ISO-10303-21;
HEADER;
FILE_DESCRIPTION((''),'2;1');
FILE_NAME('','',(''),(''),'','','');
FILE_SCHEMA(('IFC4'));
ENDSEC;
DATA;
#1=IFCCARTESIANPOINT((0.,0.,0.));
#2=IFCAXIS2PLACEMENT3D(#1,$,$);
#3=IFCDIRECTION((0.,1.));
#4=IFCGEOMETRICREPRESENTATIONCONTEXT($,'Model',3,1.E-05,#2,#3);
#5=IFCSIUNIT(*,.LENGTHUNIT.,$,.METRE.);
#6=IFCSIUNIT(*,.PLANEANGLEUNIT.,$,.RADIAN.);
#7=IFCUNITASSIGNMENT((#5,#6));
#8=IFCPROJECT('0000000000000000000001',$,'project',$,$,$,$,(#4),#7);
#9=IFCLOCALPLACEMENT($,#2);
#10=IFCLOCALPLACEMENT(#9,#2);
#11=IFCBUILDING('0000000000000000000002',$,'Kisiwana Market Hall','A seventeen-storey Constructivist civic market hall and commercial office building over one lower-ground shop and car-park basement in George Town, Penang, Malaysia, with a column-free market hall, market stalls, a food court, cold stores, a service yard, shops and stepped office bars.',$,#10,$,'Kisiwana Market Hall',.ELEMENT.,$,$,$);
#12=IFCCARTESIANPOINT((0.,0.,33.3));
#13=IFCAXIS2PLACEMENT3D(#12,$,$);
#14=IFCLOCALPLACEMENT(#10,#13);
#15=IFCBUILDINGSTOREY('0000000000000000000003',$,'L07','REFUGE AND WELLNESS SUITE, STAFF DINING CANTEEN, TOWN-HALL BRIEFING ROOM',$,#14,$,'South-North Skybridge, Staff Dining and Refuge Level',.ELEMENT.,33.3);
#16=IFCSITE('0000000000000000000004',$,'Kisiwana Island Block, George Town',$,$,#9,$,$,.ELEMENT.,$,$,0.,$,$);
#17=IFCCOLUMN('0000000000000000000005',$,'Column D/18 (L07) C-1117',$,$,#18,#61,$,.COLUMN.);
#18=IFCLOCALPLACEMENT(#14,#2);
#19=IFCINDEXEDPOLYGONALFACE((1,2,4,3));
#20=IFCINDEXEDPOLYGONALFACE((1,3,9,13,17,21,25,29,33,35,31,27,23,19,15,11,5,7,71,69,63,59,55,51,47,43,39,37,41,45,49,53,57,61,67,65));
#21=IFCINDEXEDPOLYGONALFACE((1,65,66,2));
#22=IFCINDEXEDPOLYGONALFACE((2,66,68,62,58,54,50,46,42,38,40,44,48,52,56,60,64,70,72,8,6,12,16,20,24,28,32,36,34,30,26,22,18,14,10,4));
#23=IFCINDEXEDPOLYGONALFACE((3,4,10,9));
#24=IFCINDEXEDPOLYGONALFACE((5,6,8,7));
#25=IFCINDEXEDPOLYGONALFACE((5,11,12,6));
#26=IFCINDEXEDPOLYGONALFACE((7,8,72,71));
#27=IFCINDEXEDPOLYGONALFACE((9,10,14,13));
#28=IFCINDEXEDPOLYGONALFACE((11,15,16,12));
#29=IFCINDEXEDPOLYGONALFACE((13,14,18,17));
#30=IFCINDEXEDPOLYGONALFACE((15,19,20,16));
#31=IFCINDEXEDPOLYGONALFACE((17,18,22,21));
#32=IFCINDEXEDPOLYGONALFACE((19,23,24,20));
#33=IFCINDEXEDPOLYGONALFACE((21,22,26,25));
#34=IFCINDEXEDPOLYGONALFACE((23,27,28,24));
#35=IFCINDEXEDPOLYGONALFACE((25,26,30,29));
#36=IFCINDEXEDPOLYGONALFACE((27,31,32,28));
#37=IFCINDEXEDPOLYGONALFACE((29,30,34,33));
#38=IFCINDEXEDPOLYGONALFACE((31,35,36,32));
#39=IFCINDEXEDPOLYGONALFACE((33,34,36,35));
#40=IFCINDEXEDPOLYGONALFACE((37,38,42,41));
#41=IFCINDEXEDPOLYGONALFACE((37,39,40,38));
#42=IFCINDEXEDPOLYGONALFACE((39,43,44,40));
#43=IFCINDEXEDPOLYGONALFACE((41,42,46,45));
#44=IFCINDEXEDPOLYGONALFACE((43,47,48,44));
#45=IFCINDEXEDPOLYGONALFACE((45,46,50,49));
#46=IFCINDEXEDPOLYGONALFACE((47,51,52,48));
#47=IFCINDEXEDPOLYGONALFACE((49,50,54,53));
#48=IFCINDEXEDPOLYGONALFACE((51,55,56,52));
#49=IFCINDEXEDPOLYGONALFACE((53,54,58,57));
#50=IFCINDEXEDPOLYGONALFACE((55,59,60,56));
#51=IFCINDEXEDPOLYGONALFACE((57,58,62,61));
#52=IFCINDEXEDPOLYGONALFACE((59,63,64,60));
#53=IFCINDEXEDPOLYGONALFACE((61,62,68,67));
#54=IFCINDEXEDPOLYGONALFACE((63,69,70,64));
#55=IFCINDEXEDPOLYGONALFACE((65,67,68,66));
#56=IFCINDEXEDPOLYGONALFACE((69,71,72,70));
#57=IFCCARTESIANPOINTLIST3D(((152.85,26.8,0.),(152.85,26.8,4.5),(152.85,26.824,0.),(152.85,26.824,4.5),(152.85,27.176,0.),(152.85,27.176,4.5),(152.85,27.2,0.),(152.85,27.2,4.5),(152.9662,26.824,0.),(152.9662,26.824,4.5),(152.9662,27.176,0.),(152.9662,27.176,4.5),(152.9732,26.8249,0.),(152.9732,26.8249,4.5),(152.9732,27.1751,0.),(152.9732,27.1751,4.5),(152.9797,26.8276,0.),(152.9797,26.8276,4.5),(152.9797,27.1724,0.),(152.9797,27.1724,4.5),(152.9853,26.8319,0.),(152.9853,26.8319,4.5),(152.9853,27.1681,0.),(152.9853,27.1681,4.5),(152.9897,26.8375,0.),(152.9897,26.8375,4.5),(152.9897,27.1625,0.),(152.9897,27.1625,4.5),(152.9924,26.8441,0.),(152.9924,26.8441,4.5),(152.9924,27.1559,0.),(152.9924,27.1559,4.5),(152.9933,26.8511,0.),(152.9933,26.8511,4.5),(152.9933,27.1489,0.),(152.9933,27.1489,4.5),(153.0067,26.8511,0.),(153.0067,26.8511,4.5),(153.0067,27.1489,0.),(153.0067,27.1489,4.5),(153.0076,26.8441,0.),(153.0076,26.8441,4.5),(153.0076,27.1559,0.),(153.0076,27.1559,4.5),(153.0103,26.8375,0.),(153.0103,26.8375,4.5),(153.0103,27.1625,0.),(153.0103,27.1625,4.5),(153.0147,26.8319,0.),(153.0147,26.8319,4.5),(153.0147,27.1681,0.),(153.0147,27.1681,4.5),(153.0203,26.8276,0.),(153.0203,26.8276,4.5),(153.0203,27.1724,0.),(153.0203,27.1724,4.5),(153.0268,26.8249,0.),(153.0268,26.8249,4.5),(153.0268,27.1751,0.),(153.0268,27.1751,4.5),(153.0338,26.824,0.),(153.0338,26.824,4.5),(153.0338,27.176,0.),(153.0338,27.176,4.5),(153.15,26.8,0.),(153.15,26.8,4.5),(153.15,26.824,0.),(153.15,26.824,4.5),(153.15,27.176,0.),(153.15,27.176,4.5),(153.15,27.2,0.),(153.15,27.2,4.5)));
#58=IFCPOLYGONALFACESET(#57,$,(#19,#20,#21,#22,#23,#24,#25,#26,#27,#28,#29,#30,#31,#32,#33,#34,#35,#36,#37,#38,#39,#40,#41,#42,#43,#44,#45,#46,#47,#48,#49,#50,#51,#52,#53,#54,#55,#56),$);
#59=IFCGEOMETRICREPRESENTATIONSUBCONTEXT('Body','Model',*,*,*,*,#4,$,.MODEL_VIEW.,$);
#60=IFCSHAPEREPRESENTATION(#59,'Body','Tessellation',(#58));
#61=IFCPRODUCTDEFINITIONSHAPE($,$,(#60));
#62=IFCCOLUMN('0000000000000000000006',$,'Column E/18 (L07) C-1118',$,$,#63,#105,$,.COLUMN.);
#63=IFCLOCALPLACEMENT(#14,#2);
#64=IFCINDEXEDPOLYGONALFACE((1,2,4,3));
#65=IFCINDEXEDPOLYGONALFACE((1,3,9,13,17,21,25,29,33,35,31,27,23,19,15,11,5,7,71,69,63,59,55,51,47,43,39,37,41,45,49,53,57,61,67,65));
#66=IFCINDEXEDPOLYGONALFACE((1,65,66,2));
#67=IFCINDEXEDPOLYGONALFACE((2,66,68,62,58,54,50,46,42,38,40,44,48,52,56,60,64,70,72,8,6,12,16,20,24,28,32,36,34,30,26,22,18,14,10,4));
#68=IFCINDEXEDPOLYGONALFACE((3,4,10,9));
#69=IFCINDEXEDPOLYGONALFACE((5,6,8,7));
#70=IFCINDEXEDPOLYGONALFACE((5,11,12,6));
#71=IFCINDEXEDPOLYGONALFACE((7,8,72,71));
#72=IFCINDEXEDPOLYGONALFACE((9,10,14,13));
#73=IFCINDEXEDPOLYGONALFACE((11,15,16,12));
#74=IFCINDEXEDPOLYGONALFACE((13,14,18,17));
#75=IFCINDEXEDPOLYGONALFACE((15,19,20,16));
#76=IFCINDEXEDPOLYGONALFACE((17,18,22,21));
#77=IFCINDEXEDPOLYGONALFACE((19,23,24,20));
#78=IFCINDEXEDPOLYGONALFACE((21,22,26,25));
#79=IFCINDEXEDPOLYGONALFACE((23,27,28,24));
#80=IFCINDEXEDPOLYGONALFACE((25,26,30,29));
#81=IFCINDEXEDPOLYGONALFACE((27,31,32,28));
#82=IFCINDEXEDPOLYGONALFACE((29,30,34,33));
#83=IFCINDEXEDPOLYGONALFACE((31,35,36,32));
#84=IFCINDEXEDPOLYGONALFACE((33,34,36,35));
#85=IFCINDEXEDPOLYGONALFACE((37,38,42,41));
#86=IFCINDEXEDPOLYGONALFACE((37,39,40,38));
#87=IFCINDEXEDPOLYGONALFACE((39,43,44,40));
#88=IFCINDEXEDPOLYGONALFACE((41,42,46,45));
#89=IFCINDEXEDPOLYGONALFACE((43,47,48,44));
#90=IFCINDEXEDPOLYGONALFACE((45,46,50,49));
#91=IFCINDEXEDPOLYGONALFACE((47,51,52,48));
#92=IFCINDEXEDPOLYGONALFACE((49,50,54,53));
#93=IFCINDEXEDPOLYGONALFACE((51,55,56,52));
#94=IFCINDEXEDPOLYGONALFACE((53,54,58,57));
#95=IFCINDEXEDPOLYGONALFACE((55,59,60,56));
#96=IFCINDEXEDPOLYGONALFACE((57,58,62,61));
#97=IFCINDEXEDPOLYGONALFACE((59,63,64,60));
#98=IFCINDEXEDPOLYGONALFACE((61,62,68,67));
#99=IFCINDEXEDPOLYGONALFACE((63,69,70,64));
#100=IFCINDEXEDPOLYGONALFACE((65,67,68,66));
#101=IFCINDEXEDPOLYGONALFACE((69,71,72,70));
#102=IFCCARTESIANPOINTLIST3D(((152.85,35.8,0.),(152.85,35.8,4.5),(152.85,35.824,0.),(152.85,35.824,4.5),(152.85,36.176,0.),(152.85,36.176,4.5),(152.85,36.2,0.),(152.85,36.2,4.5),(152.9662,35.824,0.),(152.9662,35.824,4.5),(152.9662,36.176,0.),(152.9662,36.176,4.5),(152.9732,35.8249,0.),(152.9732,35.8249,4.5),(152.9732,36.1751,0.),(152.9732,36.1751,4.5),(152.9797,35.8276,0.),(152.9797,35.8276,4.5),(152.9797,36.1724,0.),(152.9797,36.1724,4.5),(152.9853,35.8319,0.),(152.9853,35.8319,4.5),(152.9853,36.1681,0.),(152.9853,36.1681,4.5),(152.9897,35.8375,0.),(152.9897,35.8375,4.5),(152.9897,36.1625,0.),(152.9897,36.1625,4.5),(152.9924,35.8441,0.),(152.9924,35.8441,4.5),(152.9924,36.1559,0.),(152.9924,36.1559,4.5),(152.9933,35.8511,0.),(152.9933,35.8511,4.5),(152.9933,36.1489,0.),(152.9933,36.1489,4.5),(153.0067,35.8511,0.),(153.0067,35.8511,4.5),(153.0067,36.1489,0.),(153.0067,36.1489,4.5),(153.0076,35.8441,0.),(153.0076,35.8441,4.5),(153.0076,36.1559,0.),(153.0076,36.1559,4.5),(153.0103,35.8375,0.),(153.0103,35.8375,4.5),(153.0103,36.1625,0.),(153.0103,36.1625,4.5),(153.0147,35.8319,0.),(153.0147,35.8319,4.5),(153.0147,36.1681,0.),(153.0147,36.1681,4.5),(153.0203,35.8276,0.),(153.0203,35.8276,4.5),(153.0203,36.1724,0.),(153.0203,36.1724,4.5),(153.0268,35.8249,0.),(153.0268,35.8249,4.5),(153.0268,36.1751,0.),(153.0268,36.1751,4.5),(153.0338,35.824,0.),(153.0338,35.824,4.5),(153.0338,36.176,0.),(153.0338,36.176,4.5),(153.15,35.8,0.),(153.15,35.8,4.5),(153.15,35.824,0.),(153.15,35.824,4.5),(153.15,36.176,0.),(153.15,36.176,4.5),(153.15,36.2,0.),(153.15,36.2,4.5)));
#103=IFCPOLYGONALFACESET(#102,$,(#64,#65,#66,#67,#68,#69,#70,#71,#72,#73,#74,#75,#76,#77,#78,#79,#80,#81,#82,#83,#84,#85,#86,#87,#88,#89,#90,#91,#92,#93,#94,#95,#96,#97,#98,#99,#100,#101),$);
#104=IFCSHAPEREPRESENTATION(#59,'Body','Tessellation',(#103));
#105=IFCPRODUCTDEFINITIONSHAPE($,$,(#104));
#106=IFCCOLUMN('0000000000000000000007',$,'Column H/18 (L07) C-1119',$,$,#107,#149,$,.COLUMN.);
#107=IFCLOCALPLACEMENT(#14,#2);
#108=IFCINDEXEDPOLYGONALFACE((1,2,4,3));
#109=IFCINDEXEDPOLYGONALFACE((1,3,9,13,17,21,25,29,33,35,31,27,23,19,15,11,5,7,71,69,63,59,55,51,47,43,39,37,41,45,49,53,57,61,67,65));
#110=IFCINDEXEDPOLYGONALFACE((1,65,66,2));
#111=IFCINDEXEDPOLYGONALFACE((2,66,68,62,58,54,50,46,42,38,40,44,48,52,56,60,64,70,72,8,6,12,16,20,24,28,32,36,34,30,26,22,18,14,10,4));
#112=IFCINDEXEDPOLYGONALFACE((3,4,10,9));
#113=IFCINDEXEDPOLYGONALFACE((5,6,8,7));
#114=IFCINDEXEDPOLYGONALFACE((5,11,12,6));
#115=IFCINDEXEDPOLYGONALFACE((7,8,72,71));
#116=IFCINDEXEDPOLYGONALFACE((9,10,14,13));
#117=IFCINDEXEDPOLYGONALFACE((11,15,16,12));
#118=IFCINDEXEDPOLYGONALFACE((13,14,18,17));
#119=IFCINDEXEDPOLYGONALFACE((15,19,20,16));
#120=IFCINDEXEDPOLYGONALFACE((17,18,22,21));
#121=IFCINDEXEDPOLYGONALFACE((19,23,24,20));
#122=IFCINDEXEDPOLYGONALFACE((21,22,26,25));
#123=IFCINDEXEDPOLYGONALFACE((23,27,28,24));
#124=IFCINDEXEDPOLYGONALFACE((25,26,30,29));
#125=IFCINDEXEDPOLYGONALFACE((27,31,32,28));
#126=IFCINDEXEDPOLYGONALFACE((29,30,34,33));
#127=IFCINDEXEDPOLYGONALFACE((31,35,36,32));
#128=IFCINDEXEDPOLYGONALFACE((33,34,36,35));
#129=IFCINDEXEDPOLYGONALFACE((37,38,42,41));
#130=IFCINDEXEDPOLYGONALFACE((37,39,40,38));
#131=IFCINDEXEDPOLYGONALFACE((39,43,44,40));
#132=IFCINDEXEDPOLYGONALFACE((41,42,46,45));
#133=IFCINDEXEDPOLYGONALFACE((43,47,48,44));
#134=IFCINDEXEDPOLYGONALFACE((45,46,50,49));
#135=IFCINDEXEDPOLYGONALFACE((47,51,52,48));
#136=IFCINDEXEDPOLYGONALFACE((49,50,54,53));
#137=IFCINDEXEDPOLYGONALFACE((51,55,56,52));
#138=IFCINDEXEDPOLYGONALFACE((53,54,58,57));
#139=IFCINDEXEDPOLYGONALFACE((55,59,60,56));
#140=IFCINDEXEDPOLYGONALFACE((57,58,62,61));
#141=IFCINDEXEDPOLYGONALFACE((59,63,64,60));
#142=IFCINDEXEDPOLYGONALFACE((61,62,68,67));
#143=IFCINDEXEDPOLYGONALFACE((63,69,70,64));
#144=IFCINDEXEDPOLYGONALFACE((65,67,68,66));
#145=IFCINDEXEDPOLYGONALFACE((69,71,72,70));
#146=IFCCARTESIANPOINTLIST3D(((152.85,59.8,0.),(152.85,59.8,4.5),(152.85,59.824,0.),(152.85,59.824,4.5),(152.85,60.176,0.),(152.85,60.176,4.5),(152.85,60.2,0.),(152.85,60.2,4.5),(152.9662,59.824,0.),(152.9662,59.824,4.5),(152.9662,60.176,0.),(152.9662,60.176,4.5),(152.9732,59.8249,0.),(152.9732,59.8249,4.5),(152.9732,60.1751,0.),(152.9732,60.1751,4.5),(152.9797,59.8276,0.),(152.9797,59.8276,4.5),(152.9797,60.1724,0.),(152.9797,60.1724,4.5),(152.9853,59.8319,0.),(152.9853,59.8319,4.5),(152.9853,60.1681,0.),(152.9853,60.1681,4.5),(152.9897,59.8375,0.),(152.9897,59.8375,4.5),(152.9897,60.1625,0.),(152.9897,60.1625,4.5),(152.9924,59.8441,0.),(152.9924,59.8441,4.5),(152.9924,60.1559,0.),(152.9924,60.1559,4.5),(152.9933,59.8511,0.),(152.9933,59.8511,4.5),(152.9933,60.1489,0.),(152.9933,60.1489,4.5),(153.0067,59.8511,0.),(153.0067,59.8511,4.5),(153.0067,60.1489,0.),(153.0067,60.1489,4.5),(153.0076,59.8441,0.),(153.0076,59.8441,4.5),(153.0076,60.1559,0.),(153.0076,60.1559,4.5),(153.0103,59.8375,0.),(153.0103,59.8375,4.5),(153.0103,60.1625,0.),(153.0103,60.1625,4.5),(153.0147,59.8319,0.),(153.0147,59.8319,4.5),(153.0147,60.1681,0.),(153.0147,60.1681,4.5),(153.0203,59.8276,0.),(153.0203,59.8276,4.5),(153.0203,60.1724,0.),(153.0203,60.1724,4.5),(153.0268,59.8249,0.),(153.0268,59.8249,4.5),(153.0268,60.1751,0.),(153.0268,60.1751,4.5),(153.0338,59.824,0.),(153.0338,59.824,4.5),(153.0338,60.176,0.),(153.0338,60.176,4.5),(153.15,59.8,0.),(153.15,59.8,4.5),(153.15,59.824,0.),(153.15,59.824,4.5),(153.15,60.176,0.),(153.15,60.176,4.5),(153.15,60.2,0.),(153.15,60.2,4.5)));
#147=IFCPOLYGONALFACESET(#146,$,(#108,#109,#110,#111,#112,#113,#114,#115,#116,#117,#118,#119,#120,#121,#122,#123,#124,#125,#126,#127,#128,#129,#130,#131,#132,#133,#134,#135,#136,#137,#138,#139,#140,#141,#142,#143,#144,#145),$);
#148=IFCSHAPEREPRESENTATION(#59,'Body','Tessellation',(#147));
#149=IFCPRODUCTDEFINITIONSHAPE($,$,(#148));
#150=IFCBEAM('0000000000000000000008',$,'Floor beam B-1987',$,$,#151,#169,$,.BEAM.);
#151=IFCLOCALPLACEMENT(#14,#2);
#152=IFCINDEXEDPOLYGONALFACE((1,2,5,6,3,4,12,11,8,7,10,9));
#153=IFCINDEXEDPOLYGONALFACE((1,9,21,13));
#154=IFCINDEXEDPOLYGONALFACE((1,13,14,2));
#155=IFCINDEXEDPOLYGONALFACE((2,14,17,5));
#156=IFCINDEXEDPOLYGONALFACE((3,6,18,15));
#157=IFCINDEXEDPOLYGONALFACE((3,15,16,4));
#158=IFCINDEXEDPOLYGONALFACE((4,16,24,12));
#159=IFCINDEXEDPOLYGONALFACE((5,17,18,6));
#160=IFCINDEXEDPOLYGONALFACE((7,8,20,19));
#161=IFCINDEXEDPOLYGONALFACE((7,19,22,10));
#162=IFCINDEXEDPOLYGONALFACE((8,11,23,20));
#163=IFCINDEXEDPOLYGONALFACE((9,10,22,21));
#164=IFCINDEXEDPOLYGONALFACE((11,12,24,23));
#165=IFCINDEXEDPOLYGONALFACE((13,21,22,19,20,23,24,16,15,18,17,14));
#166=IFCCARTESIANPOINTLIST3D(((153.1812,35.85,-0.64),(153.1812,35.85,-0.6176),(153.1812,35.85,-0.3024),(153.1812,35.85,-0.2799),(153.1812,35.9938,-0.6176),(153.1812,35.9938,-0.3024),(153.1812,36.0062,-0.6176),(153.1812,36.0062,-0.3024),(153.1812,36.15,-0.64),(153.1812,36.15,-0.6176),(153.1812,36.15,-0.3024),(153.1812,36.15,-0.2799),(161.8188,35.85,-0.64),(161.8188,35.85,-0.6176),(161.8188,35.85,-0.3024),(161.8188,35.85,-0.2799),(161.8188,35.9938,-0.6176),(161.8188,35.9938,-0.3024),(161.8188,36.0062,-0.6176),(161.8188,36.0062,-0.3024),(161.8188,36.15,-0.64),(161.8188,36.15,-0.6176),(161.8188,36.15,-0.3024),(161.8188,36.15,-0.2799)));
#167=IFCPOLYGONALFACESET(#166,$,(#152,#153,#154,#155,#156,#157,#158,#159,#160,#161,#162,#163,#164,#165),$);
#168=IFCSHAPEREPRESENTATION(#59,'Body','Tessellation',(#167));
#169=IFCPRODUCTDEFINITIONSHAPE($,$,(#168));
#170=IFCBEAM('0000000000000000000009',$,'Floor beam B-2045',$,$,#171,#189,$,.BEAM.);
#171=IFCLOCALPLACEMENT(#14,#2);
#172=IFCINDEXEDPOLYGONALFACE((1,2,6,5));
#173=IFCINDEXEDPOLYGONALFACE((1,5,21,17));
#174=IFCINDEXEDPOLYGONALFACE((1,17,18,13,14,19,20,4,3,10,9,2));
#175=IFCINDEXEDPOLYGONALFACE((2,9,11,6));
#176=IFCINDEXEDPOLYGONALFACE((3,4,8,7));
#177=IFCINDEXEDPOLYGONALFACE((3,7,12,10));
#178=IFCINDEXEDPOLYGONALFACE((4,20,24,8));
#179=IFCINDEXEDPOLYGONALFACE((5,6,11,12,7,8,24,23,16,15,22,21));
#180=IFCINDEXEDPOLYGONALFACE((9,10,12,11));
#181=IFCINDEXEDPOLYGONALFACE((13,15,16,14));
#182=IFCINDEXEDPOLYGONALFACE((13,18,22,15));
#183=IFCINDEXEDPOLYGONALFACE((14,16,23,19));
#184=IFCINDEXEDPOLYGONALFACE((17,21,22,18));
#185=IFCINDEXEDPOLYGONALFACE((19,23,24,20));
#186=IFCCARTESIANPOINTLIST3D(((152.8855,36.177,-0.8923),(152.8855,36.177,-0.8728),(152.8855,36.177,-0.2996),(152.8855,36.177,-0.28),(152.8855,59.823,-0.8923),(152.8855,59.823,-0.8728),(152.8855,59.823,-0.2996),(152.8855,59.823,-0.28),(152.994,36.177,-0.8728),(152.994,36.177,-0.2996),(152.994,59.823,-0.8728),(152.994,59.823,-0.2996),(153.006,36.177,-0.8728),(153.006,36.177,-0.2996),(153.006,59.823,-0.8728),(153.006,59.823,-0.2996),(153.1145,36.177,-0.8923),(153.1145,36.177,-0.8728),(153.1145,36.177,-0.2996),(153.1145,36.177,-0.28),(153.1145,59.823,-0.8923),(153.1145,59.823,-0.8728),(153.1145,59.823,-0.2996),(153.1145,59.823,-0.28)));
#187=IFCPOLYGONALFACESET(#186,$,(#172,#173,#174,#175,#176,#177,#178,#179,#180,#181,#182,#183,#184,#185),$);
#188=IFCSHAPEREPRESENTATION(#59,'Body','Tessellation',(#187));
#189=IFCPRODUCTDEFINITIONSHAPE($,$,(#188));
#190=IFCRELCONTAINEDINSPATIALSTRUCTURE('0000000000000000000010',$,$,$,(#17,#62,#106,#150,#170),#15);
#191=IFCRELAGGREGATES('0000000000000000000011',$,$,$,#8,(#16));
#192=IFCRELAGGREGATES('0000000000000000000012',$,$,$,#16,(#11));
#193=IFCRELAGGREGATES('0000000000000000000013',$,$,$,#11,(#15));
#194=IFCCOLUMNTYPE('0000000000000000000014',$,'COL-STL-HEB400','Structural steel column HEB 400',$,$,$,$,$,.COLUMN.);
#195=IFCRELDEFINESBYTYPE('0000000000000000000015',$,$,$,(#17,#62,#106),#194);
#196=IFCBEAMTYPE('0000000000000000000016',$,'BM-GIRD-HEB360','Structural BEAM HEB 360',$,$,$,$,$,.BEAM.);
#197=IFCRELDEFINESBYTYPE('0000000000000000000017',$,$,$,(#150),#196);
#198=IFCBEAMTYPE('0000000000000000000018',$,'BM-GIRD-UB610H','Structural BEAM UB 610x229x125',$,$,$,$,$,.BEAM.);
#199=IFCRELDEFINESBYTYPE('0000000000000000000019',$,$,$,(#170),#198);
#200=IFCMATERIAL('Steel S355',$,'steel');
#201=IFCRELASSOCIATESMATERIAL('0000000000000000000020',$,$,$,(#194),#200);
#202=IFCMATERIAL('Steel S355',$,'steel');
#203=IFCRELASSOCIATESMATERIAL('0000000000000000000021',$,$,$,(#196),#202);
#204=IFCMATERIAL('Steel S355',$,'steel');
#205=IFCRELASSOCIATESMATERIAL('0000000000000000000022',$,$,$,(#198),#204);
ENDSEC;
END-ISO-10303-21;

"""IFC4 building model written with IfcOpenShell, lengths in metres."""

from ifc_helpers import new_model, si_unit, direction, frame, origin, origin_2d, place, context, subcontext, project, spatial, i_section, extrude, material, material_profile, profile_set, type_object, element, save


model = new_model("IFC4")

# Units and contexts
model_context = context("Model", 3, precision=1e-05, world=origin(), true_north=direction((0.0, 1.0)))
body_context = subcontext(model_context, "Body", "Model", "MODEL_VIEW")
ifc_project = project(units=[si_unit("LENGTHUNIT", "METRE"), si_unit("PLANEANGLEUNIT", "RADIAN")], contexts=[model_context])

# Site, building, storey
site_placement = place(None, origin())
site = spatial("IfcSite", under=ifc_project, at=site_placement, Name="Kisiwana Island Block, George Town", CompositionType="ELEMENT", RefElevation=0.0)
building_placement = place(site_placement, origin())
building = spatial("IfcBuilding", under=site, at=building_placement, Name="Kisiwana Market Hall", Description="A seventeen-storey Constructivist civic market hall and commercial office building over one lower-ground shop and car-park basement in George Town, Penang, Malaysia, with a column-free market hall, market stalls, a food court, cold stores, a service yard, shops and stepped office bars.", LongName="Kisiwana Market Hall", CompositionType="ELEMENT")
storey_placement = place(building_placement, frame((0.0, 0.0, 33.3)))
storey = spatial("IfcBuildingStorey", under=building, at=storey_placement, Name="L07", Description="REFUGE AND WELLNESS SUITE, STAFF DINING CANTEEN, TOWN-HALL BRIEFING ROOM", LongName="South-North Skybridge, Staff Dining and Refuge Level", CompositionType="ELEMENT", Elevation=33.3)

# Columns
ifc_material_1 = material(Name="Steel S355", Category="steel")
ifc_material_profile_1 = material_profile(ifc_material_1, i_section(OverallWidth=0.3, OverallDepth=0.3999, WebThickness=0.0134, FlangeThickness=0.0239, FilletRadius=0.0271, at=origin_2d()), Name="HEB 400")
ifc_profile_set_1 = profile_set([ifc_material_profile_1], Name="Steel S355")
column_type = type_object("IfcColumnType", Name="COL-STL-HEB400", Description="Structural steel column HEB 400", PredefinedType="COLUMN", material=ifc_profile_set_1)
for number, where, z_axis, x_axis, name in (
    (1, (153.0, 27.0, 0.0), (0.0, 0.0, 1.0), (1.0, 0.0, 0.0), "Column D/18 (L07) C-1117"),
    (2, (153.0, 36.0, 0.0), (0.0, 0.0, 1.0), (1.0, 0.0, 0.0), "Column E/18 (L07) C-1118"),
    (3, (153.0, 60.0, 0.0), (0.0, 0.0, 1.0), (1.0, 0.0, 0.0), "Column H/18 (L07) C-1119"),
):
    element("IfcColumn", number, at=place(storey_placement, frame(where, z_axis=z_axis, x_axis=x_axis)), inside=storey, type_object=column_type, Name=name, PredefinedType="COLUMN", context=body_context, shape_type="SweptSolid", body=[
        extrude(i_section(OverallWidth=0.3, OverallDepth=0.3999, WebThickness=0.0134, FlangeThickness=0.0239, FilletRadius=0.0271, at=origin_2d()), origin(), (0.0, 0.0, 1.0), 4.5),
    ])

# Beams
ifc_material_2 = material(Name="Steel S355", Category="steel")
ifc_material_profile_2 = material_profile(ifc_material_2, i_section(OverallWidth=0.3, OverallDepth=0.3601, WebThickness=0.0125, FlangeThickness=0.0225, at=origin_2d()), Name="HEB 360")
ifc_profile_set_2 = profile_set([ifc_material_profile_2], Name="Steel S355")
beam_type_1 = type_object("IfcBeamType", Name="BM-GIRD-HEB360", Description="Structural BEAM HEB 360", PredefinedType="BEAM", material=ifc_profile_set_2)
beam_1_placement = place(storey_placement, frame((153.1812, 36.0, -0.46), z_axis=(1.0, 0.0, 0.0), x_axis=(0.0, 1.0, 0.0)))
element("IfcBeam", 4, at=beam_1_placement, inside=storey, type_object=beam_type_1, Name="Floor beam B-1987", PredefinedType="BEAM", context=body_context, shape_type="SweptSolid", body=[
    extrude(i_section(OverallWidth=0.3, OverallDepth=0.3601, WebThickness=0.0125, FlangeThickness=0.0225, at=origin_2d()), origin(), (0.0, 0.0, 1.0), 8.6377),
])
ifc_material_3 = material(Name="Steel S355", Category="steel")
ifc_material_profile_3 = material_profile(ifc_material_3, i_section(OverallWidth=0.229, OverallDepth=0.6123, WebThickness=0.012, FlangeThickness=0.0195, at=origin_2d()), Name="UB 610x229x125")
ifc_profile_set_3 = profile_set([ifc_material_profile_3], Name="Steel S355")
beam_type_2 = type_object("IfcBeamType", Name="BM-GIRD-UB610H", Description="Structural BEAM UB 610x229x125", PredefinedType="BEAM", material=ifc_profile_set_3)
for number, where, z_axis, x_axis, name in (
    (5, (153.0, 36.177, -0.5862), (0.0, 1.0, 0.0), (-1.0, 0.0, 0.0), "Floor beam B-2045"),
):
    element("IfcBeam", number, at=place(storey_placement, frame(where, z_axis=z_axis, x_axis=x_axis)), inside=storey, type_object=beam_type_2, Name=name, PredefinedType="BEAM", context=body_context, shape_type="SweptSolid", body=[
        extrude(i_section(OverallWidth=0.229, OverallDepth=0.6123, WebThickness=0.012, FlangeThickness=0.0195, at=origin_2d()), origin(), (0.0, 0.0, 1.0), 23.646),
    ])

save(model, "model.ifc")
